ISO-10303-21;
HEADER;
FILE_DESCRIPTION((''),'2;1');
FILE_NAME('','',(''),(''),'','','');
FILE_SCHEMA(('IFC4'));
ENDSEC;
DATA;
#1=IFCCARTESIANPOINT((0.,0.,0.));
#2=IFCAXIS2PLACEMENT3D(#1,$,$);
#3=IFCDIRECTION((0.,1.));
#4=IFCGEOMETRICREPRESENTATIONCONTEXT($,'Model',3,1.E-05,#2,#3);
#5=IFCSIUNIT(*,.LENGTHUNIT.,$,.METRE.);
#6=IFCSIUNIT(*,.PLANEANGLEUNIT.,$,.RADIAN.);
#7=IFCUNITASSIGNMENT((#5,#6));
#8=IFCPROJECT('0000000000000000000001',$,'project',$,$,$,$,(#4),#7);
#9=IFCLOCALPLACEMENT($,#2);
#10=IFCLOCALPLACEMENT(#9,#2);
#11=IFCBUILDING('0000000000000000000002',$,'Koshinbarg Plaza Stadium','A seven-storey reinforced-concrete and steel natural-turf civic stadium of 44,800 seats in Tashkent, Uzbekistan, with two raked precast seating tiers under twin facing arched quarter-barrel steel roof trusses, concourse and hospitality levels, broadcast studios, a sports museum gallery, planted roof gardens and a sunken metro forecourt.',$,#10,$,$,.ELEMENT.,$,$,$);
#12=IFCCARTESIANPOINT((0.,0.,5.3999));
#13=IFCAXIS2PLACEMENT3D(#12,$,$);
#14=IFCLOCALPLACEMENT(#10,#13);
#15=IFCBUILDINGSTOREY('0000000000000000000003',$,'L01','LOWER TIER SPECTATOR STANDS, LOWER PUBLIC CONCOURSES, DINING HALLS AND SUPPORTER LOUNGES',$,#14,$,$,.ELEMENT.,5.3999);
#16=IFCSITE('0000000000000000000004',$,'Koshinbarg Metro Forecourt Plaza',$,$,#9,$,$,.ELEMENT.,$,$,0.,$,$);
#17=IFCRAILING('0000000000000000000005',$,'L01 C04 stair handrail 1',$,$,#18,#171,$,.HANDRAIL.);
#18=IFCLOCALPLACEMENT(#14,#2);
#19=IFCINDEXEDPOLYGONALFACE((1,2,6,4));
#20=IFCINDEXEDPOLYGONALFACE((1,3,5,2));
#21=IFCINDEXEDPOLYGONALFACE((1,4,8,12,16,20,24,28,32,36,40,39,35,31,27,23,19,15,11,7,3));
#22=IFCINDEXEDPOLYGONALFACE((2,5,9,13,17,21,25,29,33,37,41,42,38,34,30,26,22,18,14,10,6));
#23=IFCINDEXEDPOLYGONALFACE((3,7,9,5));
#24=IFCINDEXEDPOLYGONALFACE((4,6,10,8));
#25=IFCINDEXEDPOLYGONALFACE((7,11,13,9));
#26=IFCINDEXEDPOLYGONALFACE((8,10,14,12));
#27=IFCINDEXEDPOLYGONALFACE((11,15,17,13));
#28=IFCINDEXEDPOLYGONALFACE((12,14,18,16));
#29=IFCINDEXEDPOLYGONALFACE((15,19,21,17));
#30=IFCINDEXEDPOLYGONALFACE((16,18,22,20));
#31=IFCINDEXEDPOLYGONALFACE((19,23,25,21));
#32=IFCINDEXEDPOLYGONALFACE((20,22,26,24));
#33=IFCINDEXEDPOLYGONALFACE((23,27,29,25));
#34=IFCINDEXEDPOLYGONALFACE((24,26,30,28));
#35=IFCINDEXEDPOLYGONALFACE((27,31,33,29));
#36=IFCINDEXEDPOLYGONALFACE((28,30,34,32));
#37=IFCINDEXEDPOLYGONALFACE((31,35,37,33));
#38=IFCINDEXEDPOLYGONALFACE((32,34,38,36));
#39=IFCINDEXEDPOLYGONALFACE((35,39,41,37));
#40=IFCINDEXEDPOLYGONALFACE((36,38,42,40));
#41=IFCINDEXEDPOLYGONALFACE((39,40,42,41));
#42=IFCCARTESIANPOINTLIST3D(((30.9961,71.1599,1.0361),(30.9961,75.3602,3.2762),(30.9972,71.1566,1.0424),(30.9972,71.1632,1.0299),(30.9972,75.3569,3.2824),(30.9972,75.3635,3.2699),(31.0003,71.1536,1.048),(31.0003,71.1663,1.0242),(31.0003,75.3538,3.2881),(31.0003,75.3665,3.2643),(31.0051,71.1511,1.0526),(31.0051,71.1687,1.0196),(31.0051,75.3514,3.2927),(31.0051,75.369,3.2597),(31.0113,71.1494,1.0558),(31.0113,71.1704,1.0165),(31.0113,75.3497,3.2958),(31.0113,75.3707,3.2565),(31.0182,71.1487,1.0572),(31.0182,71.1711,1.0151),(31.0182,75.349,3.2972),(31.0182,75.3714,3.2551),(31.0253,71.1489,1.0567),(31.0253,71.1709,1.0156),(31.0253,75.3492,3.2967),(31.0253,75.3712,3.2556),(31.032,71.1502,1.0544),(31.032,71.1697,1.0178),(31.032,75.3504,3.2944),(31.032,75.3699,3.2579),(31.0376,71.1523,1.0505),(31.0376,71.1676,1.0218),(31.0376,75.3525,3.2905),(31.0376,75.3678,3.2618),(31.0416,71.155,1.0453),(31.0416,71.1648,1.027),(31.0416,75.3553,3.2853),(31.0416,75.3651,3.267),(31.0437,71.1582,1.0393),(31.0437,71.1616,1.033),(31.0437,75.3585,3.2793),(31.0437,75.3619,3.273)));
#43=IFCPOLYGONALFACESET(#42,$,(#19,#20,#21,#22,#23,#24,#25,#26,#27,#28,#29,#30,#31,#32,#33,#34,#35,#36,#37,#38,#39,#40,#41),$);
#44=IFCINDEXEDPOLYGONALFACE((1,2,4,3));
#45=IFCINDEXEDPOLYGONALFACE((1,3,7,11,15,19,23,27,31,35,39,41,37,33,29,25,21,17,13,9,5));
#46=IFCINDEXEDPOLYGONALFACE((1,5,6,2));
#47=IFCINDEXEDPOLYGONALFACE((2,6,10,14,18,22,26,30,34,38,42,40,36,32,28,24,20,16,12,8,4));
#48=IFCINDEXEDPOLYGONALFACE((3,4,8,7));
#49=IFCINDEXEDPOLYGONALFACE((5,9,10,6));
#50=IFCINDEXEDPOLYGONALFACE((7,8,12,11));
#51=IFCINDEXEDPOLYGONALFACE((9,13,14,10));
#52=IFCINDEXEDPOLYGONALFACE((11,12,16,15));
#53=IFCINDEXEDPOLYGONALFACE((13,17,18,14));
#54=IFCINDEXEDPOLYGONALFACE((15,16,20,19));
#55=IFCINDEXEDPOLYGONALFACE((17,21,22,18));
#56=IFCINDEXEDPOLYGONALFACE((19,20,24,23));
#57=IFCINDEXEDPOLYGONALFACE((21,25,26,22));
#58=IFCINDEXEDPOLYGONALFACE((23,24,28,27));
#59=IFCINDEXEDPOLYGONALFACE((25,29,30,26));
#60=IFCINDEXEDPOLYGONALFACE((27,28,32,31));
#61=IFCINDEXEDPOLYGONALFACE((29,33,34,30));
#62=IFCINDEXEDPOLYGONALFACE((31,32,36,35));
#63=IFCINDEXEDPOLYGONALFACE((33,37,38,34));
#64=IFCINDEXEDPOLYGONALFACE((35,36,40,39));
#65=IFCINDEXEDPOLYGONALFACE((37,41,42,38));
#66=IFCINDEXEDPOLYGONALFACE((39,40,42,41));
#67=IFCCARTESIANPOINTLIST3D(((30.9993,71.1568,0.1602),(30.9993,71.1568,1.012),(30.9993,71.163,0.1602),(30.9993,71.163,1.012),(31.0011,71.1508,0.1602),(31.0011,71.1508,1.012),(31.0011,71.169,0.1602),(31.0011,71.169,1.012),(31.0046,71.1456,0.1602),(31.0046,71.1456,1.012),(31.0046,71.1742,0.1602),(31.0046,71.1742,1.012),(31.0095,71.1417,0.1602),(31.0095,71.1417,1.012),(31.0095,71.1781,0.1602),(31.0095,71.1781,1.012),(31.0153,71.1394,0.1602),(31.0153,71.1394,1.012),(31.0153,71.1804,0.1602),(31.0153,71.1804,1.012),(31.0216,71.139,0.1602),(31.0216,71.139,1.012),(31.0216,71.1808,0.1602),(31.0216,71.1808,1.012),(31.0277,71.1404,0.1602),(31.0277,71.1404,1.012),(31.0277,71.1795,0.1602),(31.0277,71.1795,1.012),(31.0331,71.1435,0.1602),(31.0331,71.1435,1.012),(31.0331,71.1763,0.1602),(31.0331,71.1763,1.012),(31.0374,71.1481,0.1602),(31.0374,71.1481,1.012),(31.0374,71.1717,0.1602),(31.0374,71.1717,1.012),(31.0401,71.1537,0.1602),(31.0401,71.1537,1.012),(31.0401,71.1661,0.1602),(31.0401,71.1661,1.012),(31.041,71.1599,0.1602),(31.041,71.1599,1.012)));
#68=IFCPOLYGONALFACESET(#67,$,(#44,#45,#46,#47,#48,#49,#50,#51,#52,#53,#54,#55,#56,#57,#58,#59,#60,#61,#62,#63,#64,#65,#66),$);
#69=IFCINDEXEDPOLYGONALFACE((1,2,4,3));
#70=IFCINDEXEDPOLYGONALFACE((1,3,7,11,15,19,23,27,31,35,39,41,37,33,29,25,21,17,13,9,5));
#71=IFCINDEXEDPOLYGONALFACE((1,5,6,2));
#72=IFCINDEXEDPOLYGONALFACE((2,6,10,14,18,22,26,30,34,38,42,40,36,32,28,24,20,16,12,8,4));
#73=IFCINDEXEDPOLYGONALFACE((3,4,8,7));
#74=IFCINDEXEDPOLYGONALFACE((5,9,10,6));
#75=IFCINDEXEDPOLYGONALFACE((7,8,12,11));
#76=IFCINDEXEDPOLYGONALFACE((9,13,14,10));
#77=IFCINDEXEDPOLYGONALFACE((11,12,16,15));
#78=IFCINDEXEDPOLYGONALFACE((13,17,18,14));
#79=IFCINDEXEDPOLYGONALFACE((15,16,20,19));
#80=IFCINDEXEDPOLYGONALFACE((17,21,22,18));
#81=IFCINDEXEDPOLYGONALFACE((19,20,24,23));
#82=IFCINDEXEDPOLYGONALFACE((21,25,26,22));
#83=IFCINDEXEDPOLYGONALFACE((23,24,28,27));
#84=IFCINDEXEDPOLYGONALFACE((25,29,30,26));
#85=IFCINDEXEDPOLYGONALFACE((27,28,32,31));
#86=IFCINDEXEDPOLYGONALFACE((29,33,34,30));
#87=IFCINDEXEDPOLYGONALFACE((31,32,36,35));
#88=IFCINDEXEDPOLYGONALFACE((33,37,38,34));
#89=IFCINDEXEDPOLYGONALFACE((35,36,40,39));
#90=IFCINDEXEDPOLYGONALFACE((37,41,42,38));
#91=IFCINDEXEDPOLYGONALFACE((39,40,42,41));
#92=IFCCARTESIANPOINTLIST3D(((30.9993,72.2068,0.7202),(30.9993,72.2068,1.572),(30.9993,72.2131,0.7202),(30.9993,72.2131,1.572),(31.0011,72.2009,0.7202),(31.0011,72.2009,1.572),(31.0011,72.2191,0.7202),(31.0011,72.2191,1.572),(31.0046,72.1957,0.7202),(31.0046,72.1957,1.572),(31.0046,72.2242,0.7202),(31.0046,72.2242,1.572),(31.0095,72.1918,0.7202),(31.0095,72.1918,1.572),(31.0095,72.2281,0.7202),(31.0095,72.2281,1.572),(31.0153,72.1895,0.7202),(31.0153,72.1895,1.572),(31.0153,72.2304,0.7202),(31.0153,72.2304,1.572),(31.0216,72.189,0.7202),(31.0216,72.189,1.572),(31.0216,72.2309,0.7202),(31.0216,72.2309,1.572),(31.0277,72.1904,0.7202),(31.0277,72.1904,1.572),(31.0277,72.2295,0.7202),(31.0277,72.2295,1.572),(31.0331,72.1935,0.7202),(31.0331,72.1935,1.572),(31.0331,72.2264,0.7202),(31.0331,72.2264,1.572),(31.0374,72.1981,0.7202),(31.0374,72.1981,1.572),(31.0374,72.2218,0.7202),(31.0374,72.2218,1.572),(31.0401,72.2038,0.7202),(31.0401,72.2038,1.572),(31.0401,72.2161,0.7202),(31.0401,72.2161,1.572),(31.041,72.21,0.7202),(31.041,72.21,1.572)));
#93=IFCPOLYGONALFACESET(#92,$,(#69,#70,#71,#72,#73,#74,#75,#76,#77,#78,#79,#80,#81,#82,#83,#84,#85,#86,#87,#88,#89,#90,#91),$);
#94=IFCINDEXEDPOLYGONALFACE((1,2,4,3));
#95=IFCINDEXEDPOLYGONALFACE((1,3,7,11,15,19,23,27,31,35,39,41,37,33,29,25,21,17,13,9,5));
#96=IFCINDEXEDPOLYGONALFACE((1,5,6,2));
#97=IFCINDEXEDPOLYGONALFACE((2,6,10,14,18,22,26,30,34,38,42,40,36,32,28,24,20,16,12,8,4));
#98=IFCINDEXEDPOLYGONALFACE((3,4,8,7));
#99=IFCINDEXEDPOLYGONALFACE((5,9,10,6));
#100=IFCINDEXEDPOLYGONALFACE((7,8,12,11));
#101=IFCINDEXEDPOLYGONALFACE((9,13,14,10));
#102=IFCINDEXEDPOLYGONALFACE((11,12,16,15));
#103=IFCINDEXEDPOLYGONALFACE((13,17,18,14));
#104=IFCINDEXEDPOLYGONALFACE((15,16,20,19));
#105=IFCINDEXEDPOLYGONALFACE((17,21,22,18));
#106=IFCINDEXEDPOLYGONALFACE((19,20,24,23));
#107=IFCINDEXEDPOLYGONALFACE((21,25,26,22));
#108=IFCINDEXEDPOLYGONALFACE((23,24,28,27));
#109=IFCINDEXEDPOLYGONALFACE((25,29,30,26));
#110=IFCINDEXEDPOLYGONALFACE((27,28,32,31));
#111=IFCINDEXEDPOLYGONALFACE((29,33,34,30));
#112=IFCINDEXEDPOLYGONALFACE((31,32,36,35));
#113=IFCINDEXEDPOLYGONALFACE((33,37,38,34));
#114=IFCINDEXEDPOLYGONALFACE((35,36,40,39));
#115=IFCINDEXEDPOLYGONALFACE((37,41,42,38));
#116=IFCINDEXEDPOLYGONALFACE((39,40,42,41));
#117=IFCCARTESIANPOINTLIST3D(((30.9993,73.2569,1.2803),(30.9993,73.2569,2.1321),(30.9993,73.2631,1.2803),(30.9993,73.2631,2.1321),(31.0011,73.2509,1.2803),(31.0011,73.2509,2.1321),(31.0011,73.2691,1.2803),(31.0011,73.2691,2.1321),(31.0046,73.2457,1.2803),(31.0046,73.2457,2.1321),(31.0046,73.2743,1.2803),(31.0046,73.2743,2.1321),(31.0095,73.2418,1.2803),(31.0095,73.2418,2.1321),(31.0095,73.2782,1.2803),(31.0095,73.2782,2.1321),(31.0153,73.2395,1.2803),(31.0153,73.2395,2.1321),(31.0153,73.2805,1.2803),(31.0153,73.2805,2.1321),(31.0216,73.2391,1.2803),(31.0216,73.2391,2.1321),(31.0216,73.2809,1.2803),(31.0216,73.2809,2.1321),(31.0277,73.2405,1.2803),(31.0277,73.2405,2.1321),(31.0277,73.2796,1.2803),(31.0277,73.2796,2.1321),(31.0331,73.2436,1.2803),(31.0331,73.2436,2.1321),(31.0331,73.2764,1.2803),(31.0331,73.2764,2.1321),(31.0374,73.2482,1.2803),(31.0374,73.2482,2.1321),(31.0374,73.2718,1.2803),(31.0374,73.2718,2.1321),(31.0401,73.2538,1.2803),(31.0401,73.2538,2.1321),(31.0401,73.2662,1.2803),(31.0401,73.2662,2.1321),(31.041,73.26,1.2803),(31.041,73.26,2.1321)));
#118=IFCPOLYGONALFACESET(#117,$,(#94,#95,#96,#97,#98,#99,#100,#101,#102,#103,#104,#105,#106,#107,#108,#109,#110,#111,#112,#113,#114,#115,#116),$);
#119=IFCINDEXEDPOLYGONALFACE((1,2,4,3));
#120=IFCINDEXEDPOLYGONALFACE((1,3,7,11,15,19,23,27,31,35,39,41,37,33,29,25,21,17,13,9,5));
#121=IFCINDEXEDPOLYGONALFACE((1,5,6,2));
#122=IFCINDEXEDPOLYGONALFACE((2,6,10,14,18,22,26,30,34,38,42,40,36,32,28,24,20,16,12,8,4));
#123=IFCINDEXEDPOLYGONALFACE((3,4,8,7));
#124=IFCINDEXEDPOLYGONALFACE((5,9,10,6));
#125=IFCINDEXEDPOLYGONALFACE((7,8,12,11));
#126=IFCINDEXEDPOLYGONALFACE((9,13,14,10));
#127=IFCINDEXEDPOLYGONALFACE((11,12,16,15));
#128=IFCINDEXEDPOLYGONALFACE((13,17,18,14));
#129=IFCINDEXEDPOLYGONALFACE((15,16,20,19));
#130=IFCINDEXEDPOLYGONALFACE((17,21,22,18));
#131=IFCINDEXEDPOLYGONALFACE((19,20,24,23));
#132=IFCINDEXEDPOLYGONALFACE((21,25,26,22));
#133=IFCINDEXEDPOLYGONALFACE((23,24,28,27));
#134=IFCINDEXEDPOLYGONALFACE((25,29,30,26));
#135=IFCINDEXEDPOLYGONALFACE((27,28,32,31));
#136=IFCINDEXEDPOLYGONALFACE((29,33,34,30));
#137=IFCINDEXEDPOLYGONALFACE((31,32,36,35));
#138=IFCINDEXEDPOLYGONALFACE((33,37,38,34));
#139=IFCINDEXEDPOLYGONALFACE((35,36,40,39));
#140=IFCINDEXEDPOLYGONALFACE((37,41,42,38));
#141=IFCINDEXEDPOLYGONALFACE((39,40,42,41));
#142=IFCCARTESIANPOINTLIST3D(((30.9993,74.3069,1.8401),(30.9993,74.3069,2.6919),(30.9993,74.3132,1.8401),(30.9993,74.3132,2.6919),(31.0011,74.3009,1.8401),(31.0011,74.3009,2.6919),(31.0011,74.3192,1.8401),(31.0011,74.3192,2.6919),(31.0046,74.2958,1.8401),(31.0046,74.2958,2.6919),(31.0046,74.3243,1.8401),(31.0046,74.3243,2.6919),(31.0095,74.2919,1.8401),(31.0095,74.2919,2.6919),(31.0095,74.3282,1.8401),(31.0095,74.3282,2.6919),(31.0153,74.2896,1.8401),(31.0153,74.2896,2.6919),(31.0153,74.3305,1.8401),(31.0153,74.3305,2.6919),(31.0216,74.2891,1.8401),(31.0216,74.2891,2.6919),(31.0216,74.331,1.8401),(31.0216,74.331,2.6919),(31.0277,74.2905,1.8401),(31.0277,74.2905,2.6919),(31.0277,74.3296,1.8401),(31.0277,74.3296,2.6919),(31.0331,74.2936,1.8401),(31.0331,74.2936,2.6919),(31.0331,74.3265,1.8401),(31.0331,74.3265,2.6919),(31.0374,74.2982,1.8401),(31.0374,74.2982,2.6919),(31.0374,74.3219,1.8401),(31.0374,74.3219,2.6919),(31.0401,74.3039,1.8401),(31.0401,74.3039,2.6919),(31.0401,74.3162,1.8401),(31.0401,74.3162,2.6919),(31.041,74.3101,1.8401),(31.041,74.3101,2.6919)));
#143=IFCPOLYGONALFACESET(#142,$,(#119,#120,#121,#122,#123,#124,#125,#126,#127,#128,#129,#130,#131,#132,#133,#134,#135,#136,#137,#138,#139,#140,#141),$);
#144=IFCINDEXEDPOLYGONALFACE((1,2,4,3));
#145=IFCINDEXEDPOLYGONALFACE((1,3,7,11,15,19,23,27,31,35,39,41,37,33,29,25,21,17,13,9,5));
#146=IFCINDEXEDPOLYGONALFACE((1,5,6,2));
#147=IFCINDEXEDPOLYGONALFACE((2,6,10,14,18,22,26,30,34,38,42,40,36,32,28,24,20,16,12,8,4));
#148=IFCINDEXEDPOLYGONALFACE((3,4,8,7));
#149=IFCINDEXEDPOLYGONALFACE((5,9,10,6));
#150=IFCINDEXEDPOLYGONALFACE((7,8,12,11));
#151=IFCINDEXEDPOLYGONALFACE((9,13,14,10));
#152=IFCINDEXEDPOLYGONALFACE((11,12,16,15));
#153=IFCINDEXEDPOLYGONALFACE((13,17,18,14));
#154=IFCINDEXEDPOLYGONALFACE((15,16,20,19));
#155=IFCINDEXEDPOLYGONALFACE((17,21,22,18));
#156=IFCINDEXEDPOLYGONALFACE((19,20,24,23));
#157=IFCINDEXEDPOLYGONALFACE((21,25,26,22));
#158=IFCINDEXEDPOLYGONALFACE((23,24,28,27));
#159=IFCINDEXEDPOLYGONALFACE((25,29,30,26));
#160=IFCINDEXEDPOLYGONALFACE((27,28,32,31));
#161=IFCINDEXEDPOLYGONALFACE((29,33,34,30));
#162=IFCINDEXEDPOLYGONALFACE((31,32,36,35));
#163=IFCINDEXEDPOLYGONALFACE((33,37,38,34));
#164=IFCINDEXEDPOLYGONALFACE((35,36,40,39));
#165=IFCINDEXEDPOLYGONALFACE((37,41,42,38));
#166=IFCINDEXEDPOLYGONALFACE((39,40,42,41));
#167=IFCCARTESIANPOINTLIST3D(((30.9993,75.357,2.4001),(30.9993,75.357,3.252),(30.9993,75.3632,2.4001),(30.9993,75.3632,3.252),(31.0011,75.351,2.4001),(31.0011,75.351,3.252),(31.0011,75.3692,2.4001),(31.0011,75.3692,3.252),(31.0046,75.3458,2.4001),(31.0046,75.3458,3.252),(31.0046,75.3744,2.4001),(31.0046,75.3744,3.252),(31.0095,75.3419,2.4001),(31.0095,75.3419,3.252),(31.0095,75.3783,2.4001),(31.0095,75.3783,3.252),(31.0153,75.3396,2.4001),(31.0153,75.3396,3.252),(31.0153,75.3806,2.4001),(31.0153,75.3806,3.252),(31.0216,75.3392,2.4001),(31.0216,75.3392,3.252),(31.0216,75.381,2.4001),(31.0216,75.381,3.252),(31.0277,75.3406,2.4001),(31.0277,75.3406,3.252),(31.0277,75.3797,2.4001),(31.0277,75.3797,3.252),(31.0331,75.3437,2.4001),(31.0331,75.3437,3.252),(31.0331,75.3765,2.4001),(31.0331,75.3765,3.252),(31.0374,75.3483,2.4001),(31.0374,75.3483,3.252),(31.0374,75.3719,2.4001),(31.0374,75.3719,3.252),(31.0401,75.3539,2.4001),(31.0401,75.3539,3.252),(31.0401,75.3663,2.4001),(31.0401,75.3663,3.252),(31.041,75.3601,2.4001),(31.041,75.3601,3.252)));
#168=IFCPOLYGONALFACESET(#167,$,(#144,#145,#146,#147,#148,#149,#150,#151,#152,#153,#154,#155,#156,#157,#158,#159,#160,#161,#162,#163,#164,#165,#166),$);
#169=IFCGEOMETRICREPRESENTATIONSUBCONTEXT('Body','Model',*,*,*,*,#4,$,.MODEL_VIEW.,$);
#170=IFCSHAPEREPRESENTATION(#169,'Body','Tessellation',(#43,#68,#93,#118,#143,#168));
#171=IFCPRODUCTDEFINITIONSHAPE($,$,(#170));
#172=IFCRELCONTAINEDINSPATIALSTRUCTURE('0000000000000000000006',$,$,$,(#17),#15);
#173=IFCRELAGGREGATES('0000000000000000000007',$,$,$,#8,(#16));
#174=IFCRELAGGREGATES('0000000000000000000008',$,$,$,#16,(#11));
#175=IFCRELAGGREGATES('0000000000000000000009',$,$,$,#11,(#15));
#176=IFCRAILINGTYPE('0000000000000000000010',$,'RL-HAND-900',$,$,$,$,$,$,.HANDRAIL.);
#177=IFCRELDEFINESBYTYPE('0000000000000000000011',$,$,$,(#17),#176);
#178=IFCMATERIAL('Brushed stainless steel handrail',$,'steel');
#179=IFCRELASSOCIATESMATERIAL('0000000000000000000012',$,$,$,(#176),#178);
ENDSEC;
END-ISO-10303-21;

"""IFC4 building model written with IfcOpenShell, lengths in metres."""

from ifc_helpers import new_model, si_unit, direction, frame, origin, origin_2d, place, context, subcontext, project, spatial, circle, extrude, material, type_object, element, save


model = new_model("IFC4")

# Units and contexts
model_context = context("Model", 3, precision=1e-05, world=origin(), true_north=direction((0.0, 1.0)))
body_context = subcontext(model_context, "Body", "Model", "MODEL_VIEW")
ifc_project = project(units=[si_unit("LENGTHUNIT", "METRE"), si_unit("PLANEANGLEUNIT", "RADIAN")], contexts=[model_context])

# Site, building, storey
site_placement = place(None, origin())
site = spatial("IfcSite", under=ifc_project, at=site_placement, Name="Koshinbarg Metro Forecourt Plaza", CompositionType="ELEMENT", RefElevation=0.0)
building_placement = place(site_placement, origin())
building = spatial("IfcBuilding", under=site, at=building_placement, Name="Koshinbarg Plaza Stadium", Description="A seven-storey reinforced-concrete and steel natural-turf civic stadium of 44,800 seats in Tashkent, Uzbekistan, with two raked precast seating tiers under twin facing arched quarter-barrel steel roof trusses, concourse and hospitality levels, broadcast studios, a sports museum gallery, planted roof gardens and a sunken metro forecourt.", CompositionType="ELEMENT")
storey_placement = place(building_placement, frame((0.0, 0.0, 5.3999)))
storey = spatial("IfcBuildingStorey", under=building, at=storey_placement, Name="L01", Description="LOWER TIER SPECTATOR STANDS, LOWER PUBLIC CONCOURSES, DINING HALLS AND SUPPORTER LOUNGES", CompositionType="ELEMENT", Elevation=5.3999)

# Railing
ifc_material_1 = material(Name="Brushed stainless steel handrail", Category="steel")
railing_type_1 = type_object("IfcRailingType", Name="RL-HAND-900", PredefinedType="HANDRAIL", material=ifc_material_1)
for number, where, name in (
    (1, (31.02, 71.1599, 0.1602), "L01 C04 stair handrail 1"),
):
    element("IfcRailing", number, at=place(storey_placement, frame(where)), inside=storey, type_object=railing_type_1, Name=name, PredefinedType="HANDRAIL", context=body_context, shape_type="SweptSolid", body=[
        extrude(circle(Radius=0.0239, at=origin_2d()), frame((0.0, 0.0, 0.876), z_axis=(0.0, 0.882363, 0.47057), x_axis=(-1.0, 0.0, 0.0)), (0.0, 0.0, 1.0), 4.7603),
        extrude(circle(Radius=0.021, at=origin_2d()), origin(), (0.0, 0.0, 1.0), 0.8518),
        extrude(circle(Radius=0.021, at=origin_2d()), frame((0.0, 1.05, 0.5601)), (0.0, 0.0, 1.0), 0.8518),
        extrude(circle(Radius=0.021, at=origin_2d()), frame((0.0, 2.1001, 1.1201)), (0.0, 0.0, 1.0), 0.8518),
        extrude(circle(Radius=0.021, at=origin_2d()), frame((0.0, 3.1501, 1.6799)), (0.0, 0.0, 1.0), 0.8518),
        extrude(circle(Radius=0.021, at=origin_2d()), frame((0.0, 4.2002, 2.24)), (0.0, 0.0, 1.0), 0.8518),
    ])

save(model, "model.ifc")
